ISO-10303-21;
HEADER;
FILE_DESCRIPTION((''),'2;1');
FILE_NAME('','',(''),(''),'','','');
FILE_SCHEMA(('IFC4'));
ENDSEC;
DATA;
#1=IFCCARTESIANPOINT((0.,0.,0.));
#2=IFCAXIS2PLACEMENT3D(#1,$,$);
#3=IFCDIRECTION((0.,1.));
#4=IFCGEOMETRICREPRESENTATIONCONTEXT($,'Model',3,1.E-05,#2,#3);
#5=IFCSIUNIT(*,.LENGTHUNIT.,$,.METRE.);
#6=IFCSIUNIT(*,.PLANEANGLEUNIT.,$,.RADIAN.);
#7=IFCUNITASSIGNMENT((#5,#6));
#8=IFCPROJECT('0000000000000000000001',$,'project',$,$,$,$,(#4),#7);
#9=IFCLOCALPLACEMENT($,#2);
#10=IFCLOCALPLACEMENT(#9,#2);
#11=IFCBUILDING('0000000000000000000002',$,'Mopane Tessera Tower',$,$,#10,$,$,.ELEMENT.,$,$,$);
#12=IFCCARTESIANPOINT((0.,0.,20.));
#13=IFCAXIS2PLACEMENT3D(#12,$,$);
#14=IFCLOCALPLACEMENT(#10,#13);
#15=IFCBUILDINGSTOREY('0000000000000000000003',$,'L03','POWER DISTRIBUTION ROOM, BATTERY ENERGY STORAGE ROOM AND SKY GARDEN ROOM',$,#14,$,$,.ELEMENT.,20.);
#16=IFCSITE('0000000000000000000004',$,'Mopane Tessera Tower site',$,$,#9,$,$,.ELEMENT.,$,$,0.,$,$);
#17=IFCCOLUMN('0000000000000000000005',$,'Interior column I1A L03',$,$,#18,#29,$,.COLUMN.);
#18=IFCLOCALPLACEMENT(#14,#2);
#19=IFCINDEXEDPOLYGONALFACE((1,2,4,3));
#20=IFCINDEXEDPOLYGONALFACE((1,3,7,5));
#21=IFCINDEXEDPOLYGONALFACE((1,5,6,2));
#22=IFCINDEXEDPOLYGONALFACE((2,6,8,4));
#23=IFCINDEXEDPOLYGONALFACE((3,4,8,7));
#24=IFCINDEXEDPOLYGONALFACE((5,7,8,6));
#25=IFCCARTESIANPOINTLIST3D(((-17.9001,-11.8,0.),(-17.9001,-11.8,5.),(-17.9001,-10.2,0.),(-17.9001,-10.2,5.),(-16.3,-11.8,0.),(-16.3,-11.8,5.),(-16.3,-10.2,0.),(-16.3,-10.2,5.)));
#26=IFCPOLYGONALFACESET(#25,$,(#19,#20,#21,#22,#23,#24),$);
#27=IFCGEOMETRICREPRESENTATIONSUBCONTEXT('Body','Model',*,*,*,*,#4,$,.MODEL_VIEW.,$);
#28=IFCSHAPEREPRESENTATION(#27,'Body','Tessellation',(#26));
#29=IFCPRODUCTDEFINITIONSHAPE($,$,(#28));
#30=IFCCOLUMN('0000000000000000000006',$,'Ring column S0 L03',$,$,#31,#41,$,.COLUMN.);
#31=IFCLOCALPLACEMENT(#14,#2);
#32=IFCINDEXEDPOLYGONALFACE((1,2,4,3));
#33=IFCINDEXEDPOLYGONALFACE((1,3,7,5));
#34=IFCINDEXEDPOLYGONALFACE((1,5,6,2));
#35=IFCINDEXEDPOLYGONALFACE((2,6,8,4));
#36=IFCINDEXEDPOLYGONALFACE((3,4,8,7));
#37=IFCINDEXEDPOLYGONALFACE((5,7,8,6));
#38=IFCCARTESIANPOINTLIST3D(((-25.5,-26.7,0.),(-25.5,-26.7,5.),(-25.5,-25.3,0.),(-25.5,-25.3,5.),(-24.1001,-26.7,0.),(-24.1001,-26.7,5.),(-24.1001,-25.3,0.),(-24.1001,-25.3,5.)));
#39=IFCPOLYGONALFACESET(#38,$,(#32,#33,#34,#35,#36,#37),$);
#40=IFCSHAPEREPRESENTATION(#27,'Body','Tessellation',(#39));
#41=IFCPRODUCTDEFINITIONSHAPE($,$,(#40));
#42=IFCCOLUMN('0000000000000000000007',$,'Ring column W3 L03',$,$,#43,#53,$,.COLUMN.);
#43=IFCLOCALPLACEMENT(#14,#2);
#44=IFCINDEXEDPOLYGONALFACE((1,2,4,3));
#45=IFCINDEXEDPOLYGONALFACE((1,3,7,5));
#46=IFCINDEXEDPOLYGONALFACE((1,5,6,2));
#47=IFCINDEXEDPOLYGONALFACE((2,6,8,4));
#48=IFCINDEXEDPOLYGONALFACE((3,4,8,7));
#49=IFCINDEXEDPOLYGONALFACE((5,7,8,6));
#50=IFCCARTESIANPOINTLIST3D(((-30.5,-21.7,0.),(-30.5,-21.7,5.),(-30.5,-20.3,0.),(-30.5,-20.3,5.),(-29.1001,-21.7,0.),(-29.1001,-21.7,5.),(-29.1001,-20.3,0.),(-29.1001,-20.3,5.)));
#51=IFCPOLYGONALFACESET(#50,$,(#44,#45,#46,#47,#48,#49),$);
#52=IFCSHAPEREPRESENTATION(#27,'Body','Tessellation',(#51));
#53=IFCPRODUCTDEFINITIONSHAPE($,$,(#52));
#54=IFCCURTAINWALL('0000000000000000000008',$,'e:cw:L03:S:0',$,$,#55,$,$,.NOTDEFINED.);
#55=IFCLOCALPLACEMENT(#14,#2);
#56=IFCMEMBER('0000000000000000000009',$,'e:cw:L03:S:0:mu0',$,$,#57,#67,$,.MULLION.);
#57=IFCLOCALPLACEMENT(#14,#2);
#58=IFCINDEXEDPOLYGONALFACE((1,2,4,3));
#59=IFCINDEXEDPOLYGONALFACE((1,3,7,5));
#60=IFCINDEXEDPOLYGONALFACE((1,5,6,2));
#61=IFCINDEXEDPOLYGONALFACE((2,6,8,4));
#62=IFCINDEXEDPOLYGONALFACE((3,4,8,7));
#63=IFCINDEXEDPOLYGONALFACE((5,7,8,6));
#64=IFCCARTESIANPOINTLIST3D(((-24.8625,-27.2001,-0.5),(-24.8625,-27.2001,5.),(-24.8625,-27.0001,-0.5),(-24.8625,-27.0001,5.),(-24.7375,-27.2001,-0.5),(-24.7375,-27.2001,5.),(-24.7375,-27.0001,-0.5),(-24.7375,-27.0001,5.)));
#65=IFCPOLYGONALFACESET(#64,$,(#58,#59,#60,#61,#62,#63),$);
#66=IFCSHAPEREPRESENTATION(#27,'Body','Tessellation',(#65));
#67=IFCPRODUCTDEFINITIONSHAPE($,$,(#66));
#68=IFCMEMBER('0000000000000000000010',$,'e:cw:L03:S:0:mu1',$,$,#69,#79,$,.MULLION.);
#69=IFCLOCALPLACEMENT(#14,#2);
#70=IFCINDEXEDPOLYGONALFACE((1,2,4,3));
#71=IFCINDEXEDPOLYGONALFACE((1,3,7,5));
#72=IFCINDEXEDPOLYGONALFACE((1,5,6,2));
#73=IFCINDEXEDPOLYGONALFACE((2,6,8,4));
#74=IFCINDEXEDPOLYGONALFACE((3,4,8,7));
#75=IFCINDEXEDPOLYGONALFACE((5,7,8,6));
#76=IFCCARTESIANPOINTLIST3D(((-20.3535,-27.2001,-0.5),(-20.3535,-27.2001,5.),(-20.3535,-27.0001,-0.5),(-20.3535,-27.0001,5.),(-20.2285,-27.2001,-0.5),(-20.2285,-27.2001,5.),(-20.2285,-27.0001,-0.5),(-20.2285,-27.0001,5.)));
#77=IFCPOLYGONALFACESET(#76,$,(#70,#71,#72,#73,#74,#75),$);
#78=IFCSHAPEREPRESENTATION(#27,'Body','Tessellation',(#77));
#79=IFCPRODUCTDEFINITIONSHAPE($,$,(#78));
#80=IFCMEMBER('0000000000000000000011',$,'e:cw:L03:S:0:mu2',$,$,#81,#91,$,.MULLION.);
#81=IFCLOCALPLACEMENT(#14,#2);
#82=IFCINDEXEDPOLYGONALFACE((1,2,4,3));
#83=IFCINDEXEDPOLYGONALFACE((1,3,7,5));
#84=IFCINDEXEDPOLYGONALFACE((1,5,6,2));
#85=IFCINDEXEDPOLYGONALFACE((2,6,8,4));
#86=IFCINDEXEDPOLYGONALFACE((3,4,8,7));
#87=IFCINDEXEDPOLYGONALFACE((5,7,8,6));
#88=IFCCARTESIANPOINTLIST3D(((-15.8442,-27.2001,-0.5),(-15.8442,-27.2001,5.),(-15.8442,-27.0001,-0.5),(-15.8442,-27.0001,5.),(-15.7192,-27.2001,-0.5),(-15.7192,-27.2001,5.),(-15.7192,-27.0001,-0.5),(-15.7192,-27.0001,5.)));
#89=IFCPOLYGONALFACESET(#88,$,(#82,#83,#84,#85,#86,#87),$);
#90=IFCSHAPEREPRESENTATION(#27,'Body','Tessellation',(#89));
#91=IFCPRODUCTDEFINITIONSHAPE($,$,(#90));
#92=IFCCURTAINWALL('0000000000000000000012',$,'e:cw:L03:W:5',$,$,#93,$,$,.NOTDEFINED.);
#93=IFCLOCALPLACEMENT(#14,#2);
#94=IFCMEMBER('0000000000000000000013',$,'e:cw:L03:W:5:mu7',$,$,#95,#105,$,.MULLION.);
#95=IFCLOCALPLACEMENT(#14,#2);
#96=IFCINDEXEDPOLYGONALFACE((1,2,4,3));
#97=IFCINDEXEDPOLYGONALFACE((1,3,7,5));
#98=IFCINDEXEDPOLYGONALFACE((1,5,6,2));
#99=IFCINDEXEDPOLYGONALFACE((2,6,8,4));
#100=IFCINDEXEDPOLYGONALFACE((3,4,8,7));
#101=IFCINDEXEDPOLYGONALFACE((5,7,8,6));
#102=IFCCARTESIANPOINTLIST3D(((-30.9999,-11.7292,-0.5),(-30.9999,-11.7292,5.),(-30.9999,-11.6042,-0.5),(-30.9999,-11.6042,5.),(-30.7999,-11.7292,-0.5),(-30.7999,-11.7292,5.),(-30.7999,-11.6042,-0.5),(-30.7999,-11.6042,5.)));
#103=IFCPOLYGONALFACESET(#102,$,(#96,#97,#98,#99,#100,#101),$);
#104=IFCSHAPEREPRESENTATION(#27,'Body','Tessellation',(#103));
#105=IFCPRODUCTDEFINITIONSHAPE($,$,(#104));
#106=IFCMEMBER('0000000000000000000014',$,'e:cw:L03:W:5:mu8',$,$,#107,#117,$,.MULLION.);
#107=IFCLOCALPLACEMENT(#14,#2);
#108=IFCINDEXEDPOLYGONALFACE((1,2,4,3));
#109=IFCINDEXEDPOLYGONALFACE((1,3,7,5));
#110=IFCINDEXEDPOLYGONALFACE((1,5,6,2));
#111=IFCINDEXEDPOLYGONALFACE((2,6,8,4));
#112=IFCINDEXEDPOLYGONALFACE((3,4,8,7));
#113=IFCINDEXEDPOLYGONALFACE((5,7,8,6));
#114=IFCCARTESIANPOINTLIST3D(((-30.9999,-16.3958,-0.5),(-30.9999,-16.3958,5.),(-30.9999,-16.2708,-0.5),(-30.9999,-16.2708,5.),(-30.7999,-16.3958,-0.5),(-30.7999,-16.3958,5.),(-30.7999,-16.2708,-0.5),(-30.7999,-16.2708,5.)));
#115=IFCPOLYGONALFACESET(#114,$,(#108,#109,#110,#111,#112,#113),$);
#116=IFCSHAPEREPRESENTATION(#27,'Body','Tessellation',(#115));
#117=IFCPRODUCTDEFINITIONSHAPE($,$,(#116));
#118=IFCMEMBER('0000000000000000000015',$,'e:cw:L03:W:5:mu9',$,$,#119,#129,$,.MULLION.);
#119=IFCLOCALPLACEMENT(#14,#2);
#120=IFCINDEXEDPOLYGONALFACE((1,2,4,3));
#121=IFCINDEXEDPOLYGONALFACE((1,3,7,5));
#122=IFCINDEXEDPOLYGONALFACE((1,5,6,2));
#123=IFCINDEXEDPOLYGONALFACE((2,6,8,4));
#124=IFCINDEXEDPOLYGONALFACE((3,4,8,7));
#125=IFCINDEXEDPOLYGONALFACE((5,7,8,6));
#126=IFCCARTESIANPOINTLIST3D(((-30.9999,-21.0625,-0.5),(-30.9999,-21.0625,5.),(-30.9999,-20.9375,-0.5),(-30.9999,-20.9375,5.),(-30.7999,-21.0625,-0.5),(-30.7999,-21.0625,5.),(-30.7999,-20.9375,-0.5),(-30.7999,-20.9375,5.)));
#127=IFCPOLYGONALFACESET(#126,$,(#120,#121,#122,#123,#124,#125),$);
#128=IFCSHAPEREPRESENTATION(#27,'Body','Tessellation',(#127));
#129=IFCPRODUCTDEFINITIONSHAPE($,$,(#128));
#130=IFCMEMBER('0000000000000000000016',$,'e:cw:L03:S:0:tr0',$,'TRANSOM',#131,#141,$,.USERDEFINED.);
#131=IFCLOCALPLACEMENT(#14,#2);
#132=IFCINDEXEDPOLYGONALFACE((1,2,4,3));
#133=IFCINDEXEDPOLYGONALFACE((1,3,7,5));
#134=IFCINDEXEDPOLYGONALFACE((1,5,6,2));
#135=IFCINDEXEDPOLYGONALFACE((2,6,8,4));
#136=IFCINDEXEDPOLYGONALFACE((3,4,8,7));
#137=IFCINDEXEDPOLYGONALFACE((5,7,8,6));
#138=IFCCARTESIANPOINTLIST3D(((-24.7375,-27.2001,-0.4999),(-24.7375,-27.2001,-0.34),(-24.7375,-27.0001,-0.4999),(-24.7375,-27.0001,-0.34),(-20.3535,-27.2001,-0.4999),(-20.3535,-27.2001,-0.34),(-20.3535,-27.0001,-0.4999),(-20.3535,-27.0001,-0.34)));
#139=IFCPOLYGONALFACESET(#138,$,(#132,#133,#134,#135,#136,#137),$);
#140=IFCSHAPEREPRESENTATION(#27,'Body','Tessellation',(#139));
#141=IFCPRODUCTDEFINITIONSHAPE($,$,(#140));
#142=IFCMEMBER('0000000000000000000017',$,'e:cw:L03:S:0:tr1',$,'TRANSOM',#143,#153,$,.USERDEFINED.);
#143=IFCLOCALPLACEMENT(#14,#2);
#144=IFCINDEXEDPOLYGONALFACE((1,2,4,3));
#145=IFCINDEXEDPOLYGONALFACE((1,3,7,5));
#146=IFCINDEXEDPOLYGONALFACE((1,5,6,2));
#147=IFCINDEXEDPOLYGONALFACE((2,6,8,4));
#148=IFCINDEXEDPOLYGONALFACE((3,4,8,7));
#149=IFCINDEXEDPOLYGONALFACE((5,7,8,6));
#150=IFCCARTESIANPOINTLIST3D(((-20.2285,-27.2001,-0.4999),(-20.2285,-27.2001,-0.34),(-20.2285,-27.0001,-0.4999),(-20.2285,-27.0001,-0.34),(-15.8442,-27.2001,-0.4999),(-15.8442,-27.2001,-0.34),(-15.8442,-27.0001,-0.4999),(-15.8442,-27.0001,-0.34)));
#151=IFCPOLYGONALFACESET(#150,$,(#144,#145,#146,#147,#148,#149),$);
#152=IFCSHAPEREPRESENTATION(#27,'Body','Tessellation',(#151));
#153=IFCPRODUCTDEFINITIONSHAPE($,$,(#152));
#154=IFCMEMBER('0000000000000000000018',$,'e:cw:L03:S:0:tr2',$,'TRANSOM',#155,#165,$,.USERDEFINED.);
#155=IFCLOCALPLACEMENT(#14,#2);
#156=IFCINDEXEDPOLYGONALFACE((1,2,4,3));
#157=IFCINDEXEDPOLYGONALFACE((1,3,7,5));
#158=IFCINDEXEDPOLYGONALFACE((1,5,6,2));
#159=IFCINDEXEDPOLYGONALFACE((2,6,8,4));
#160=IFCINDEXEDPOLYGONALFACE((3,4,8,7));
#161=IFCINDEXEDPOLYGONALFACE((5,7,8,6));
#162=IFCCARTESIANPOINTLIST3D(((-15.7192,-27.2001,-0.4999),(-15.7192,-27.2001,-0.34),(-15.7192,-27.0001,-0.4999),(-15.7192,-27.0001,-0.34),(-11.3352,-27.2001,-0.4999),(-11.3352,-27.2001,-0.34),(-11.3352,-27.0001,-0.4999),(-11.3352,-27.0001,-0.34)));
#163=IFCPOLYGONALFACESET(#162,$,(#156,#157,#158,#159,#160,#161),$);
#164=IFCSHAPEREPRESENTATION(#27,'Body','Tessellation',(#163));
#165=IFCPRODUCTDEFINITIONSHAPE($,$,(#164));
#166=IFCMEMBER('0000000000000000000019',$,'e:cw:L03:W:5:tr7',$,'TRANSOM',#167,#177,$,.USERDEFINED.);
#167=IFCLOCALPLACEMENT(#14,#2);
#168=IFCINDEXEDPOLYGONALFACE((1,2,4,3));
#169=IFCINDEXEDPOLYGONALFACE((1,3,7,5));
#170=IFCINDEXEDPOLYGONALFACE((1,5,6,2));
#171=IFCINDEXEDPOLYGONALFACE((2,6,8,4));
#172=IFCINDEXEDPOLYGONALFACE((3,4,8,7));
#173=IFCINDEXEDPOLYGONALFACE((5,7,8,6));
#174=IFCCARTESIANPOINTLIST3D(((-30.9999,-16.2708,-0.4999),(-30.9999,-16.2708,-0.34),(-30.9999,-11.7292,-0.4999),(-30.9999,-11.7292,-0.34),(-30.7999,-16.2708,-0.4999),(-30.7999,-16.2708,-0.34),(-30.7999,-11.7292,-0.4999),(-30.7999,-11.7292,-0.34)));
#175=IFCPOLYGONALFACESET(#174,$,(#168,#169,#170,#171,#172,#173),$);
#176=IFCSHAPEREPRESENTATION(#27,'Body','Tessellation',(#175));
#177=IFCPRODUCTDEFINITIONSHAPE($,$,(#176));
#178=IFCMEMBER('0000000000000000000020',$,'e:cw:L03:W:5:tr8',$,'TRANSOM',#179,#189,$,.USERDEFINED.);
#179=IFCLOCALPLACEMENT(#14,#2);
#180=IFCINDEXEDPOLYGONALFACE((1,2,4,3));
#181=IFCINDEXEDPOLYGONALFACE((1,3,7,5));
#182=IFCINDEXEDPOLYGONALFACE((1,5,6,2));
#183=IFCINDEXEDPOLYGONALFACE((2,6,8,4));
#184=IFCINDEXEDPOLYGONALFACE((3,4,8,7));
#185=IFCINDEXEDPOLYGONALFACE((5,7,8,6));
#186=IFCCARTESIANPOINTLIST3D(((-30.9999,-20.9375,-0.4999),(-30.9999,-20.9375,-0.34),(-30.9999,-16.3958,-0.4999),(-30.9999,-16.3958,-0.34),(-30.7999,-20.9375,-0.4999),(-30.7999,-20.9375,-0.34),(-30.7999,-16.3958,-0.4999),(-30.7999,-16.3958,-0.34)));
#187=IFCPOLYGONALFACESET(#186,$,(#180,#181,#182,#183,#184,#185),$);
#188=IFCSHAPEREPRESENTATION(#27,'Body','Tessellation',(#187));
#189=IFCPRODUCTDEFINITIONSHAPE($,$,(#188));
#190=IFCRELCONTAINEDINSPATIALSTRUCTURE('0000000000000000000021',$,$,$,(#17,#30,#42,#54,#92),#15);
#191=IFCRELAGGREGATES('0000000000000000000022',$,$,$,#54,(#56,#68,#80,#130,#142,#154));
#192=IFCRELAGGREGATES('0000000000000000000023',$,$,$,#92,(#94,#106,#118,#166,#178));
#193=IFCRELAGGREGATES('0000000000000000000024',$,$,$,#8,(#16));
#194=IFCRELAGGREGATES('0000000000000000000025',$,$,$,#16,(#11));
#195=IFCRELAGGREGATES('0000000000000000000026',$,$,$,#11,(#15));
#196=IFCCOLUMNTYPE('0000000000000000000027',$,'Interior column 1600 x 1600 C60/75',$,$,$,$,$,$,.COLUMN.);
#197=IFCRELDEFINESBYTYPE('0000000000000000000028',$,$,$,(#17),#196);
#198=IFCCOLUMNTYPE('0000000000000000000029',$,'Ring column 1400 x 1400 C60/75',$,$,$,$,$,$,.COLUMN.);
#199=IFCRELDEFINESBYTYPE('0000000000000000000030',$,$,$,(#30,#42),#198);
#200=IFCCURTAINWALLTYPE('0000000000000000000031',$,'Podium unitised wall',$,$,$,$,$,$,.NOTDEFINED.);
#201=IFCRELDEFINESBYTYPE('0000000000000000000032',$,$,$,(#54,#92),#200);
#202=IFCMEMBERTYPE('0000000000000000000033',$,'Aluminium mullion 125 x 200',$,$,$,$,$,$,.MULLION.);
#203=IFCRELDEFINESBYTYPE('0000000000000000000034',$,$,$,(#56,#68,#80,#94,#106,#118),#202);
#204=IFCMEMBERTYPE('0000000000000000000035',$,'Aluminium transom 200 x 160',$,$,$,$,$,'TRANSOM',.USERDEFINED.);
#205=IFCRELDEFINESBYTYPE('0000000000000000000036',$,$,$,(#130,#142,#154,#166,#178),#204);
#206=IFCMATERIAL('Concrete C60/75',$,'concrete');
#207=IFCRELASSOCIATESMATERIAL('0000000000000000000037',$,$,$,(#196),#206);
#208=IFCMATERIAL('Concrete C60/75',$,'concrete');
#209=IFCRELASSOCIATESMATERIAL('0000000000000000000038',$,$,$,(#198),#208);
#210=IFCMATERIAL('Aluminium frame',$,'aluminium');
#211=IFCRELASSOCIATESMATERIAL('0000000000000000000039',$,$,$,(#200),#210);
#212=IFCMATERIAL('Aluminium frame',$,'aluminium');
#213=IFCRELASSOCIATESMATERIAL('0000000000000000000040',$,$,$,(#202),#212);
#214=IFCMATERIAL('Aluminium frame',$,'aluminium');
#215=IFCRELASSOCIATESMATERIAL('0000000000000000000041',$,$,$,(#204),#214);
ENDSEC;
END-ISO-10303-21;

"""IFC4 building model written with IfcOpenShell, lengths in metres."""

from ifc_helpers import new_model, si_unit, direction, frame, origin, origin_2d, place, context, subcontext, project, spatial, rectangle, extrude, material, material_profile, profile_set, type_object, element, aggregate, save


model = new_model("IFC4")

# Units and contexts
model_context = context("Model", 3, precision=1e-05, world=origin(), true_north=direction((0.0, 1.0)))
body_context = subcontext(model_context, "Body", "Model", "MODEL_VIEW")
ifc_project = project(units=[si_unit("LENGTHUNIT", "METRE"), si_unit("PLANEANGLEUNIT", "RADIAN")], contexts=[model_context])

# Site, building, storey
site_placement = place(None, origin())
site = spatial("IfcSite", under=ifc_project, at=site_placement, Name="Mopane Tessera Tower site", CompositionType="ELEMENT", RefElevation=0.0)
building_placement = place(site_placement, origin())
building = spatial("IfcBuilding", under=site, at=building_placement, Name="Mopane Tessera Tower", CompositionType="ELEMENT")
storey_placement = place(building_placement, frame((0.0, 0.0, 20.0)))
storey = spatial("IfcBuildingStorey", under=building, at=storey_placement, Name="L03", Description="POWER DISTRIBUTION ROOM, BATTERY ENERGY STORAGE ROOM AND SKY GARDEN ROOM", CompositionType="ELEMENT", Elevation=20.0)

# Columns
ifc_material_1 = material(Name="Concrete C60/75", Category="concrete")
ifc_material_profile_1 = material_profile(ifc_material_1, rectangle(XDim=1.6001, YDim=1.6001, at=origin_2d()))
ifc_profile_set_1 = profile_set([ifc_material_profile_1], Name="Concrete C60/75")
column_type_1 = type_object("IfcColumnType", Name="Interior column 1600 x 1600 C60/75", PredefinedType="COLUMN", material=ifc_profile_set_1)
column_placement = place(storey_placement, frame((-17.1001, -11.0, 0.0), z_axis=(0.0, 0.0, 1.0), x_axis=(1.0, 0.0, 0.0)))
element("IfcColumn", 1, at=column_placement, inside=storey, type_object=column_type_1, Name="Interior column I1A L03", PredefinedType="COLUMN", context=body_context, shape_type="SweptSolid", body=[
    extrude(rectangle(XDim=1.6001, YDim=1.6001, at=origin_2d()), origin(), (0.0, 0.0, 1.0), 5.0),
])
ifc_material_2 = material(Name="Concrete C60/75", Category="concrete")
ifc_material_profile_2 = material_profile(ifc_material_2, rectangle(XDim=1.3999, YDim=1.3999, at=origin_2d()))
ifc_profile_set_2 = profile_set([ifc_material_profile_2], Name="Concrete C60/75")
column_type_2 = type_object("IfcColumnType", Name="Ring column 1400 x 1400 C60/75", PredefinedType="COLUMN", material=ifc_profile_set_2)
for number, where, z_axis, x_axis, name in (
    (2, (-24.8, -26.0, 0.0), (0.0, 0.0, 1.0), (1.0, 0.0, 0.0), "Ring column S0 L03"),
    (3, (-29.8, -21.0, 0.0), (0.0, 0.0, 1.0), (1.0, 0.0, 0.0), "Ring column W3 L03"),
):
    element("IfcColumn", number, at=place(storey_placement, frame(where, z_axis=z_axis, x_axis=x_axis)), inside=storey, type_object=column_type_2, Name=name, PredefinedType="COLUMN", context=body_context, shape_type="SweptSolid", body=[
        extrude(rectangle(XDim=1.3999, YDim=1.3999, at=origin_2d()), origin(), (0.0, 0.0, 1.0), 5.0),
    ])

# Curtain walls, members
ifc_material_3 = material(Name="Aluminium frame", Category="aluminium")
curtain_wall_type = type_object("IfcCurtainWallType", Name="Podium unitised wall", PredefinedType="NOTDEFINED", material=ifc_material_3)
curtain_wall_1_placement = place(storey_placement, origin())
curtain_wall_1 = element("IfcCurtainWall", 4, at=curtain_wall_1_placement, inside=storey, type_object=curtain_wall_type, Name="e:cw:L03:S:0", PredefinedType="NOTDEFINED")
ifc_material_4 = material(Name="Aluminium frame", Category="aluminium")
ifc_material_profile_3 = material_profile(ifc_material_4, rectangle(XDim=0.125, YDim=0.2, at=origin_2d()))
ifc_profile_set_3 = profile_set([ifc_material_profile_3], Name="Aluminium frame")
member_type_1 = type_object("IfcMemberType", Name="Aluminium mullion 125 x 200", PredefinedType="MULLION", material=ifc_profile_set_3)
member_1_placement = place(storey_placement, frame((-24.8, -27.1001, -0.5), z_axis=(0.0, 0.0, 1.0), x_axis=(1.0, 0.0, 0.0)))
member_1 = element("IfcMember", 5, at=member_1_placement, type_object=member_type_1, Name="e:cw:L03:S:0:mu0", PredefinedType="MULLION", context=body_context, shape_type="SweptSolid", body=[
    extrude(rectangle(XDim=0.125, YDim=0.2, at=origin_2d()), origin(), (0.0, 0.0, 1.0), 5.5),
])
member_2_placement = place(storey_placement, frame((-20.291, -27.1001, -0.5), z_axis=(0.0, 0.0, 1.0), x_axis=(1.0, 0.0, 0.0)))
member_2 = element("IfcMember", 6, at=member_2_placement, type_object=member_type_1, Name="e:cw:L03:S:0:mu1", PredefinedType="MULLION", context=body_context, shape_type="SweptSolid", body=[
    extrude(rectangle(XDim=0.125, YDim=0.2, at=origin_2d()), origin(), (0.0, 0.0, 1.0), 5.5),
])
member_3_placement = place(storey_placement, frame((-15.7817, -27.1001, -0.5), z_axis=(0.0, 0.0, 1.0), x_axis=(1.0, 0.0, 0.0)))
member_3 = element("IfcMember", 7, at=member_3_placement, type_object=member_type_1, Name="e:cw:L03:S:0:mu2", PredefinedType="MULLION", context=body_context, shape_type="SweptSolid", body=[
    extrude(rectangle(XDim=0.125, YDim=0.2, at=origin_2d()), origin(), (0.0, 0.0, 1.0), 5.5),
])
curtain_wall_2_placement = place(storey_placement, origin())
curtain_wall_2 = element("IfcCurtainWall", 8, at=curtain_wall_2_placement, inside=storey, type_object=curtain_wall_type, Name="e:cw:L03:W:5", PredefinedType="NOTDEFINED")
member_4_placement = place(storey_placement, frame((-30.8999, -11.6667, -0.5), z_axis=(0.0, 0.0, 1.0), x_axis=(0.0, -1.0, 0.0)))
member_4 = element("IfcMember", 9, at=member_4_placement, type_object=member_type_1, Name="e:cw:L03:W:5:mu7", PredefinedType="MULLION", context=body_context, shape_type="SweptSolid", body=[
    extrude(rectangle(XDim=0.125, YDim=0.2, at=origin_2d()), origin(), (0.0, 0.0, 1.0), 5.5),
])
member_5_placement = place(storey_placement, frame((-30.8999, -16.3333, -0.5), z_axis=(0.0, 0.0, 1.0), x_axis=(0.0, -1.0, 0.0)))
member_5 = element("IfcMember", 10, at=member_5_placement, type_object=member_type_1, Name="e:cw:L03:W:5:mu8", PredefinedType="MULLION", context=body_context, shape_type="SweptSolid", body=[
    extrude(rectangle(XDim=0.125, YDim=0.2, at=origin_2d()), origin(), (0.0, 0.0, 1.0), 5.5),
])
member_6_placement = place(storey_placement, frame((-30.8999, -21.0, -0.5), z_axis=(0.0, 0.0, 1.0), x_axis=(0.0, -1.0, 0.0)))
member_6 = element("IfcMember", 11, at=member_6_placement, type_object=member_type_1, Name="e:cw:L03:W:5:mu9", PredefinedType="MULLION", context=body_context, shape_type="SweptSolid", body=[
    extrude(rectangle(XDim=0.125, YDim=0.2, at=origin_2d()), origin(), (0.0, 0.0, 1.0), 5.5),
])

# Members
ifc_material_5 = material(Name="Aluminium frame", Category="aluminium")
ifc_material_profile_4 = material_profile(ifc_material_5, rectangle(XDim=0.2, YDim=0.1599, at=origin_2d()))
ifc_profile_set_4 = profile_set([ifc_material_profile_4], Name="Aluminium frame")
member_type_2 = type_object("IfcMemberType", Name="Aluminium transom 200 x 160", ElementType="TRANSOM", PredefinedType="USERDEFINED", material=ifc_profile_set_4)
member_7_placement = place(storey_placement, frame((-24.7375, -27.1001, -0.4199), z_axis=(1.0, 0.0, 0.0), x_axis=(0.0, 1.0, 0.0)))
member_7 = element("IfcMember", 12, at=member_7_placement, type_object=member_type_2, Name="e:cw:L03:S:0:tr0", ObjectType="TRANSOM", PredefinedType="USERDEFINED", context=body_context, shape_type="SweptSolid", body=[
    extrude(rectangle(XDim=0.2, YDim=0.1599, at=origin_2d()), origin(), (0.0, 0.0, 1.0), 4.384),
])
member_8_placement = place(storey_placement, frame((-20.2285, -27.1001, -0.4199), z_axis=(1.0, 0.0, 0.0), x_axis=(0.0, 1.0, 0.0)))
member_8 = element("IfcMember", 13, at=member_8_placement, type_object=member_type_2, Name="e:cw:L03:S:0:tr1", ObjectType="TRANSOM", PredefinedType="USERDEFINED", context=body_context, shape_type="SweptSolid", body=[
    extrude(rectangle(XDim=0.2, YDim=0.1599, at=origin_2d()), origin(), (0.0, 0.0, 1.0), 4.3843),
])
member_9_placement = place(storey_placement, frame((-15.7192, -27.1001, -0.4199), z_axis=(1.0, 0.0, 0.0), x_axis=(0.0, 1.0, 0.0)))
member_9 = element("IfcMember", 14, at=member_9_placement, type_object=member_type_2, Name="e:cw:L03:S:0:tr2", ObjectType="TRANSOM", PredefinedType="USERDEFINED", context=body_context, shape_type="SweptSolid", body=[
    extrude(rectangle(XDim=0.2, YDim=0.1599, at=origin_2d()), origin(), (0.0, 0.0, 1.0), 4.384),
])
member_10_placement = place(storey_placement, frame((-30.8999, -11.7292, -0.4199), z_axis=(0.0, -1.0, 0.0), x_axis=(1.0, 0.0, 0.0)))
member_10 = element("IfcMember", 15, at=member_10_placement, type_object=member_type_2, Name="e:cw:L03:W:5:tr7", ObjectType="TRANSOM", PredefinedType="USERDEFINED", context=body_context, shape_type="SweptSolid", body=[
    extrude(rectangle(XDim=0.2, YDim=0.1599, at=origin_2d()), origin(), (0.0, 0.0, 1.0), 4.5415),
])
member_11_placement = place(storey_placement, frame((-30.8999, -16.3958, -0.4199), z_axis=(0.0, -1.0, 0.0), x_axis=(1.0, 0.0, 0.0)))
member_11 = element("IfcMember", 16, at=member_11_placement, type_object=member_type_2, Name="e:cw:L03:W:5:tr8", ObjectType="TRANSOM", PredefinedType="USERDEFINED", context=body_context, shape_type="SweptSolid", body=[
    extrude(rectangle(XDim=0.2, YDim=0.1599, at=origin_2d()), origin(), (0.0, 0.0, 1.0), 4.5417),
])

aggregate(curtain_wall_1, [member_1, member_2, member_3, member_7, member_8, member_9])
aggregate(curtain_wall_2, [member_4, member_5, member_6, member_10, member_11])

save(model, "model.ifc")
